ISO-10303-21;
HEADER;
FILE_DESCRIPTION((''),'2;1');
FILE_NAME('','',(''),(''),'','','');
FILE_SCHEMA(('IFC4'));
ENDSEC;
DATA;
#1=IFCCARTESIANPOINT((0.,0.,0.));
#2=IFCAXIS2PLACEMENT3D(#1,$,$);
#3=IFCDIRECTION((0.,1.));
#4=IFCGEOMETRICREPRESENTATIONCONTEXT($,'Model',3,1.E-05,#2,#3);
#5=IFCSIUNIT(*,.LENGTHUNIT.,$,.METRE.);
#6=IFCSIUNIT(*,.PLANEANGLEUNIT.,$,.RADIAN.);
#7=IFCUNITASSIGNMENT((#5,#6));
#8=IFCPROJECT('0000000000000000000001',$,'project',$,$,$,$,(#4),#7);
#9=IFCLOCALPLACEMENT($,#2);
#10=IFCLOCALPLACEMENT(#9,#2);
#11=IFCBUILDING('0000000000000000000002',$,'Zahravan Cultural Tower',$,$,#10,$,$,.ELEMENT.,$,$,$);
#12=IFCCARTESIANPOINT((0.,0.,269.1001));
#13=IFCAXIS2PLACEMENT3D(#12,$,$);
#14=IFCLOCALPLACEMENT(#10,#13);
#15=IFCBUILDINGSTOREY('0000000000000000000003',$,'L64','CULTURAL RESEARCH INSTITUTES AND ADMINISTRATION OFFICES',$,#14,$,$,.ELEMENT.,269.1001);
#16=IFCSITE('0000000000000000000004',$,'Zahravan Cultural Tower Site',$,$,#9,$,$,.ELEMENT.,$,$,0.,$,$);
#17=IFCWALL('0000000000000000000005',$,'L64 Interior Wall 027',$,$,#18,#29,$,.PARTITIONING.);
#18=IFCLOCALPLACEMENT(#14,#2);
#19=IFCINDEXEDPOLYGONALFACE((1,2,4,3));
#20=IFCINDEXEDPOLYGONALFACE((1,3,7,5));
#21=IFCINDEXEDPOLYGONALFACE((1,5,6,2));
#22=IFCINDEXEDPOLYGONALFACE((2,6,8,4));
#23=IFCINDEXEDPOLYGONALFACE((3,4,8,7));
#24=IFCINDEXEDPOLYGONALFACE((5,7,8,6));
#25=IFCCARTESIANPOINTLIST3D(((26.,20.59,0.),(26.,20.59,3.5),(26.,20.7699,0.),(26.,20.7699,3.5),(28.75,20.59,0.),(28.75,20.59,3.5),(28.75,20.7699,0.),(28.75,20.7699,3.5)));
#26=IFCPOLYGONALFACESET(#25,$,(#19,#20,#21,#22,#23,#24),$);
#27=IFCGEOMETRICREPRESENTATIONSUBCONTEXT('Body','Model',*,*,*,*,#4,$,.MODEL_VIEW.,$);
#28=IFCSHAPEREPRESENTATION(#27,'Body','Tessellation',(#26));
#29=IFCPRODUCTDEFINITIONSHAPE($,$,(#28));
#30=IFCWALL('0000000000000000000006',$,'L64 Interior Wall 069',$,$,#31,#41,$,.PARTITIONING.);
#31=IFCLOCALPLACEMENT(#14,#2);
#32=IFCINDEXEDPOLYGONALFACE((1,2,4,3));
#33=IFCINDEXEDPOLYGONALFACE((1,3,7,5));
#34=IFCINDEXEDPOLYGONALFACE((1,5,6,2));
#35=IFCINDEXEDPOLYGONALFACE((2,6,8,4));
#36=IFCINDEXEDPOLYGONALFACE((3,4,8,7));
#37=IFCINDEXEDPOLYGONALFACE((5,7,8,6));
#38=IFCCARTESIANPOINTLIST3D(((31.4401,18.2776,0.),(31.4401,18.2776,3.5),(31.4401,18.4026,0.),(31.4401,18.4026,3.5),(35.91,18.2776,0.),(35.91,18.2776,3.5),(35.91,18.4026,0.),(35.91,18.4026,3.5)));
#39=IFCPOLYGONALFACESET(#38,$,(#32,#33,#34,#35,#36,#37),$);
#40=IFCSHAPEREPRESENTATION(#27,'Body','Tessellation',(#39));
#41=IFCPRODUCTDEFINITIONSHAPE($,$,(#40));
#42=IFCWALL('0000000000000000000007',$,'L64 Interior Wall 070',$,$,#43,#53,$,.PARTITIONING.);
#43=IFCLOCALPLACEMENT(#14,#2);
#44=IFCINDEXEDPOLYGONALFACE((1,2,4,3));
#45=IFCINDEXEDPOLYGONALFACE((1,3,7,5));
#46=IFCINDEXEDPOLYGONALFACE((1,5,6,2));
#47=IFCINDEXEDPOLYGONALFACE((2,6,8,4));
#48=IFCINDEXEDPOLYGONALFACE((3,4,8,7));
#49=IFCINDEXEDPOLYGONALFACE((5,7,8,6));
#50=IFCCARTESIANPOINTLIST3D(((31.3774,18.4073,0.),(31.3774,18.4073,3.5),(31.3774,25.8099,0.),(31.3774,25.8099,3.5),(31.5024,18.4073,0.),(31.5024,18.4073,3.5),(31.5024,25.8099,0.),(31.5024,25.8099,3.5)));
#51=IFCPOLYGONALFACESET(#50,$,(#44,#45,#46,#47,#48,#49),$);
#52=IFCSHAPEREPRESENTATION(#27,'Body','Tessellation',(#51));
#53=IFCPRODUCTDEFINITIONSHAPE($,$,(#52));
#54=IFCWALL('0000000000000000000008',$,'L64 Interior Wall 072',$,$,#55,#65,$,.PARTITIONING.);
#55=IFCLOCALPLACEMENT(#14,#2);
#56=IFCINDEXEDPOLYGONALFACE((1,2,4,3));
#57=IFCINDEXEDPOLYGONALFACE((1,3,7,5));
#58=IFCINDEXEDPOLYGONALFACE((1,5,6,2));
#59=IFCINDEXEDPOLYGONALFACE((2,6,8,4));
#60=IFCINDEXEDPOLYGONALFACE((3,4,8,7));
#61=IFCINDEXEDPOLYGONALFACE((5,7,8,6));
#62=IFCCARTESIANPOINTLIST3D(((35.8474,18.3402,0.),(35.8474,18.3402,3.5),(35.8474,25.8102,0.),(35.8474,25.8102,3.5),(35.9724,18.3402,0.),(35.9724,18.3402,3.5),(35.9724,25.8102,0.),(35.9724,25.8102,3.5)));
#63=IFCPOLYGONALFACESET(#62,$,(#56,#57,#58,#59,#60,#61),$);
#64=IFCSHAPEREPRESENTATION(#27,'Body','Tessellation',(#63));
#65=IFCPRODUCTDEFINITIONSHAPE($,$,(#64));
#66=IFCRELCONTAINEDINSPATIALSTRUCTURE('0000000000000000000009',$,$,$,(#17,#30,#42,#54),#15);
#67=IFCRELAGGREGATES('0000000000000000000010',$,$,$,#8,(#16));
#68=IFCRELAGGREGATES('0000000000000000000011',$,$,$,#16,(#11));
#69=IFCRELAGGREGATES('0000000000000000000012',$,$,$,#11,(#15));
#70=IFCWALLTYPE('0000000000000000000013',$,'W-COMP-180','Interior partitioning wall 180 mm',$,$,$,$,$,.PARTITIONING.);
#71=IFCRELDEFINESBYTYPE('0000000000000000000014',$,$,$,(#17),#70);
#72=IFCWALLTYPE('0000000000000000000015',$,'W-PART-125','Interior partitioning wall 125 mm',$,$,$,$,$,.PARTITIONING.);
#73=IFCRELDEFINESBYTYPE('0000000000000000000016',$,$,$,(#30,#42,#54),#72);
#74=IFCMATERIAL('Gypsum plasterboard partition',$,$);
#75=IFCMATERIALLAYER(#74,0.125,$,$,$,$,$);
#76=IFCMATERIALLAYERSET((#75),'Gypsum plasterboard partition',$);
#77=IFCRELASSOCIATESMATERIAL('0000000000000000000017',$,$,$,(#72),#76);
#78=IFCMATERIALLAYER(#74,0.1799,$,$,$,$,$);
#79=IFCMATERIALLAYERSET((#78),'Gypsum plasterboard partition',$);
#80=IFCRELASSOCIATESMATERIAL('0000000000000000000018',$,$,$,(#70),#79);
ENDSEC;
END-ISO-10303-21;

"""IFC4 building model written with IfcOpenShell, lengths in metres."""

from ifc_helpers import new_model, si_unit, direction, frame, frame_2d, origin, place, context, subcontext, project, spatial, rectangle, extrude, source, transform, mapped, material, layer, layer_set, type_object, element, save


model = new_model("IFC4")

# Units and contexts
model_context = context("Model", 3, precision=1e-05, world=origin(), true_north=direction((0.0, 1.0)))
body_context = subcontext(model_context, "Body", "Model", "MODEL_VIEW")
ifc_project = project(units=[si_unit("LENGTHUNIT", "METRE"), si_unit("PLANEANGLEUNIT", "RADIAN")], contexts=[model_context])

# Site, building, storey
site_placement = place(None, origin())
site = spatial("IfcSite", under=ifc_project, at=site_placement, Name="Zahravan Cultural Tower Site", CompositionType="ELEMENT", RefElevation=0.0)
building_placement = place(site_placement, origin())
building = spatial("IfcBuilding", under=site, at=building_placement, Name="Zahravan Cultural Tower", CompositionType="ELEMENT")
storey_placement = place(building_placement, frame((0.0, 0.0, 269.1001)))
storey = spatial("IfcBuildingStorey", under=building, at=storey_placement, Name="L64", Description="CULTURAL RESEARCH INSTITUTES AND ADMINISTRATION OFFICES", CompositionType="ELEMENT", Elevation=269.1001)

# Shared definitions
ifc_material_1 = material(Name="Gypsum plasterboard partition")
ifc_layer_1 = layer(ifc_material_1, 0.125)
ifc_layer_set_1 = layer_set([ifc_layer_1], Name="Gypsum plasterboard partition")
wall_type_1 = type_object("IfcWallType", Name="W-PART-125", Description="Interior partitioning wall 125 mm", PredefinedType="PARTITIONING", material=ifc_layer_set_1)

# Walls
ifc_layer_2 = layer(ifc_material_1, 0.1799)
ifc_layer_set_2 = layer_set([ifc_layer_2], Name="Gypsum plasterboard partition")
wall_type_2 = type_object("IfcWallType", Name="W-COMP-180", Description="Interior partitioning wall 180 mm", PredefinedType="PARTITIONING", material=ifc_layer_set_2)
shared_shape_1 = source(origin(), body_context, "Body", "SweptSolid", [
    extrude(rectangle(XDim=2.75, YDim=0.1799, at=frame_2d((1.375, 0.0))), origin(), (0.0, 0.0, 1.0), 3.5),
])
wall_1_placement = place(storey_placement, frame((26.0, 20.6799, 0.0), z_axis=(0.0, 0.0, 1.0), x_axis=(1.0, 0.0, 0.0)))
element("IfcWall", 1, at=wall_1_placement, inside=storey, type_object=wall_type_2, Name="L64 Interior Wall 027", PredefinedType="PARTITIONING", context=body_context, shape_type="MappedRepresentation", body=[
    mapped(shared_shape_1, transform((0.0, 0.0, 0.0), x_axis=(1.0, 0.0, 0.0), y_axis=(0.0, 1.0, 0.0), z_axis=(0.0, 0.0, 1.0), scale=1.0)),
])
shared_shape_2 = source(origin(), body_context, "Body", "SweptSolid", [
    extrude(rectangle(XDim=4.47, YDim=0.125, at=frame_2d((2.2349, 0.0))), origin(), (0.0, 0.0, 1.0), 3.5),
])
wall_2_placement = place(storey_placement, frame((35.9099, 18.3401, 0.0), z_axis=(0.0, 0.0, 1.0), x_axis=(-1.0, 0.0, 0.0)))
element("IfcWall", 2, at=wall_2_placement, inside=storey, type_object=wall_type_1, Name="L64 Interior Wall 069", PredefinedType="PARTITIONING", context=body_context, shape_type="MappedRepresentation", body=[
    mapped(shared_shape_2, transform((0.0, 0.0, 0.0), x_axis=(1.0, 0.0, 0.0), y_axis=(0.0, 1.0, 0.0), z_axis=(0.0, 0.0, 1.0), scale=1.0)),
])
shared_shape_3 = source(origin(), body_context, "Body", "SweptSolid", [
    extrude(rectangle(XDim=7.4026, YDim=0.125, at=frame_2d((3.7012, 0.0))), origin(), (0.0, 0.0, 1.0), 3.5),
])
wall_3_placement = place(storey_placement, frame((31.4399, 18.4075, 0.0), z_axis=(0.0, 0.0, 1.0), x_axis=(0.0, 1.0, 0.0)))
element("IfcWall", 3, at=wall_3_placement, inside=storey, type_object=wall_type_1, Name="L64 Interior Wall 070", PredefinedType="PARTITIONING", context=body_context, shape_type="MappedRepresentation", body=[
    mapped(shared_shape_3, transform((0.0, 0.0, 0.0), x_axis=(1.0, 0.0, 0.0), y_axis=(0.0, 1.0, 0.0), z_axis=(0.0, 0.0, 1.0), scale=1.0)),
])
shared_shape_4 = source(origin(), body_context, "Body", "SweptSolid", [
    extrude(rectangle(XDim=7.47, YDim=0.125, at=frame_2d((3.7349, 0.0))), origin(), (0.0, 0.0, 1.0), 3.5),
])
wall_4_placement = place(storey_placement, frame((35.9099, 25.8101, 0.0), z_axis=(0.0, 0.0, 1.0), x_axis=(0.0, -1.0, 0.0)))
element("IfcWall", 4, at=wall_4_placement, inside=storey, type_object=wall_type_1, Name="L64 Interior Wall 072", PredefinedType="PARTITIONING", context=body_context, shape_type="MappedRepresentation", body=[
    mapped(shared_shape_4, transform((0.0, 0.0, 0.0), x_axis=(1.0, 0.0, 0.0), y_axis=(0.0, 1.0, 0.0), z_axis=(0.0, 0.0, 1.0), scale=1.0)),
])

save(model, "model.ifc")
